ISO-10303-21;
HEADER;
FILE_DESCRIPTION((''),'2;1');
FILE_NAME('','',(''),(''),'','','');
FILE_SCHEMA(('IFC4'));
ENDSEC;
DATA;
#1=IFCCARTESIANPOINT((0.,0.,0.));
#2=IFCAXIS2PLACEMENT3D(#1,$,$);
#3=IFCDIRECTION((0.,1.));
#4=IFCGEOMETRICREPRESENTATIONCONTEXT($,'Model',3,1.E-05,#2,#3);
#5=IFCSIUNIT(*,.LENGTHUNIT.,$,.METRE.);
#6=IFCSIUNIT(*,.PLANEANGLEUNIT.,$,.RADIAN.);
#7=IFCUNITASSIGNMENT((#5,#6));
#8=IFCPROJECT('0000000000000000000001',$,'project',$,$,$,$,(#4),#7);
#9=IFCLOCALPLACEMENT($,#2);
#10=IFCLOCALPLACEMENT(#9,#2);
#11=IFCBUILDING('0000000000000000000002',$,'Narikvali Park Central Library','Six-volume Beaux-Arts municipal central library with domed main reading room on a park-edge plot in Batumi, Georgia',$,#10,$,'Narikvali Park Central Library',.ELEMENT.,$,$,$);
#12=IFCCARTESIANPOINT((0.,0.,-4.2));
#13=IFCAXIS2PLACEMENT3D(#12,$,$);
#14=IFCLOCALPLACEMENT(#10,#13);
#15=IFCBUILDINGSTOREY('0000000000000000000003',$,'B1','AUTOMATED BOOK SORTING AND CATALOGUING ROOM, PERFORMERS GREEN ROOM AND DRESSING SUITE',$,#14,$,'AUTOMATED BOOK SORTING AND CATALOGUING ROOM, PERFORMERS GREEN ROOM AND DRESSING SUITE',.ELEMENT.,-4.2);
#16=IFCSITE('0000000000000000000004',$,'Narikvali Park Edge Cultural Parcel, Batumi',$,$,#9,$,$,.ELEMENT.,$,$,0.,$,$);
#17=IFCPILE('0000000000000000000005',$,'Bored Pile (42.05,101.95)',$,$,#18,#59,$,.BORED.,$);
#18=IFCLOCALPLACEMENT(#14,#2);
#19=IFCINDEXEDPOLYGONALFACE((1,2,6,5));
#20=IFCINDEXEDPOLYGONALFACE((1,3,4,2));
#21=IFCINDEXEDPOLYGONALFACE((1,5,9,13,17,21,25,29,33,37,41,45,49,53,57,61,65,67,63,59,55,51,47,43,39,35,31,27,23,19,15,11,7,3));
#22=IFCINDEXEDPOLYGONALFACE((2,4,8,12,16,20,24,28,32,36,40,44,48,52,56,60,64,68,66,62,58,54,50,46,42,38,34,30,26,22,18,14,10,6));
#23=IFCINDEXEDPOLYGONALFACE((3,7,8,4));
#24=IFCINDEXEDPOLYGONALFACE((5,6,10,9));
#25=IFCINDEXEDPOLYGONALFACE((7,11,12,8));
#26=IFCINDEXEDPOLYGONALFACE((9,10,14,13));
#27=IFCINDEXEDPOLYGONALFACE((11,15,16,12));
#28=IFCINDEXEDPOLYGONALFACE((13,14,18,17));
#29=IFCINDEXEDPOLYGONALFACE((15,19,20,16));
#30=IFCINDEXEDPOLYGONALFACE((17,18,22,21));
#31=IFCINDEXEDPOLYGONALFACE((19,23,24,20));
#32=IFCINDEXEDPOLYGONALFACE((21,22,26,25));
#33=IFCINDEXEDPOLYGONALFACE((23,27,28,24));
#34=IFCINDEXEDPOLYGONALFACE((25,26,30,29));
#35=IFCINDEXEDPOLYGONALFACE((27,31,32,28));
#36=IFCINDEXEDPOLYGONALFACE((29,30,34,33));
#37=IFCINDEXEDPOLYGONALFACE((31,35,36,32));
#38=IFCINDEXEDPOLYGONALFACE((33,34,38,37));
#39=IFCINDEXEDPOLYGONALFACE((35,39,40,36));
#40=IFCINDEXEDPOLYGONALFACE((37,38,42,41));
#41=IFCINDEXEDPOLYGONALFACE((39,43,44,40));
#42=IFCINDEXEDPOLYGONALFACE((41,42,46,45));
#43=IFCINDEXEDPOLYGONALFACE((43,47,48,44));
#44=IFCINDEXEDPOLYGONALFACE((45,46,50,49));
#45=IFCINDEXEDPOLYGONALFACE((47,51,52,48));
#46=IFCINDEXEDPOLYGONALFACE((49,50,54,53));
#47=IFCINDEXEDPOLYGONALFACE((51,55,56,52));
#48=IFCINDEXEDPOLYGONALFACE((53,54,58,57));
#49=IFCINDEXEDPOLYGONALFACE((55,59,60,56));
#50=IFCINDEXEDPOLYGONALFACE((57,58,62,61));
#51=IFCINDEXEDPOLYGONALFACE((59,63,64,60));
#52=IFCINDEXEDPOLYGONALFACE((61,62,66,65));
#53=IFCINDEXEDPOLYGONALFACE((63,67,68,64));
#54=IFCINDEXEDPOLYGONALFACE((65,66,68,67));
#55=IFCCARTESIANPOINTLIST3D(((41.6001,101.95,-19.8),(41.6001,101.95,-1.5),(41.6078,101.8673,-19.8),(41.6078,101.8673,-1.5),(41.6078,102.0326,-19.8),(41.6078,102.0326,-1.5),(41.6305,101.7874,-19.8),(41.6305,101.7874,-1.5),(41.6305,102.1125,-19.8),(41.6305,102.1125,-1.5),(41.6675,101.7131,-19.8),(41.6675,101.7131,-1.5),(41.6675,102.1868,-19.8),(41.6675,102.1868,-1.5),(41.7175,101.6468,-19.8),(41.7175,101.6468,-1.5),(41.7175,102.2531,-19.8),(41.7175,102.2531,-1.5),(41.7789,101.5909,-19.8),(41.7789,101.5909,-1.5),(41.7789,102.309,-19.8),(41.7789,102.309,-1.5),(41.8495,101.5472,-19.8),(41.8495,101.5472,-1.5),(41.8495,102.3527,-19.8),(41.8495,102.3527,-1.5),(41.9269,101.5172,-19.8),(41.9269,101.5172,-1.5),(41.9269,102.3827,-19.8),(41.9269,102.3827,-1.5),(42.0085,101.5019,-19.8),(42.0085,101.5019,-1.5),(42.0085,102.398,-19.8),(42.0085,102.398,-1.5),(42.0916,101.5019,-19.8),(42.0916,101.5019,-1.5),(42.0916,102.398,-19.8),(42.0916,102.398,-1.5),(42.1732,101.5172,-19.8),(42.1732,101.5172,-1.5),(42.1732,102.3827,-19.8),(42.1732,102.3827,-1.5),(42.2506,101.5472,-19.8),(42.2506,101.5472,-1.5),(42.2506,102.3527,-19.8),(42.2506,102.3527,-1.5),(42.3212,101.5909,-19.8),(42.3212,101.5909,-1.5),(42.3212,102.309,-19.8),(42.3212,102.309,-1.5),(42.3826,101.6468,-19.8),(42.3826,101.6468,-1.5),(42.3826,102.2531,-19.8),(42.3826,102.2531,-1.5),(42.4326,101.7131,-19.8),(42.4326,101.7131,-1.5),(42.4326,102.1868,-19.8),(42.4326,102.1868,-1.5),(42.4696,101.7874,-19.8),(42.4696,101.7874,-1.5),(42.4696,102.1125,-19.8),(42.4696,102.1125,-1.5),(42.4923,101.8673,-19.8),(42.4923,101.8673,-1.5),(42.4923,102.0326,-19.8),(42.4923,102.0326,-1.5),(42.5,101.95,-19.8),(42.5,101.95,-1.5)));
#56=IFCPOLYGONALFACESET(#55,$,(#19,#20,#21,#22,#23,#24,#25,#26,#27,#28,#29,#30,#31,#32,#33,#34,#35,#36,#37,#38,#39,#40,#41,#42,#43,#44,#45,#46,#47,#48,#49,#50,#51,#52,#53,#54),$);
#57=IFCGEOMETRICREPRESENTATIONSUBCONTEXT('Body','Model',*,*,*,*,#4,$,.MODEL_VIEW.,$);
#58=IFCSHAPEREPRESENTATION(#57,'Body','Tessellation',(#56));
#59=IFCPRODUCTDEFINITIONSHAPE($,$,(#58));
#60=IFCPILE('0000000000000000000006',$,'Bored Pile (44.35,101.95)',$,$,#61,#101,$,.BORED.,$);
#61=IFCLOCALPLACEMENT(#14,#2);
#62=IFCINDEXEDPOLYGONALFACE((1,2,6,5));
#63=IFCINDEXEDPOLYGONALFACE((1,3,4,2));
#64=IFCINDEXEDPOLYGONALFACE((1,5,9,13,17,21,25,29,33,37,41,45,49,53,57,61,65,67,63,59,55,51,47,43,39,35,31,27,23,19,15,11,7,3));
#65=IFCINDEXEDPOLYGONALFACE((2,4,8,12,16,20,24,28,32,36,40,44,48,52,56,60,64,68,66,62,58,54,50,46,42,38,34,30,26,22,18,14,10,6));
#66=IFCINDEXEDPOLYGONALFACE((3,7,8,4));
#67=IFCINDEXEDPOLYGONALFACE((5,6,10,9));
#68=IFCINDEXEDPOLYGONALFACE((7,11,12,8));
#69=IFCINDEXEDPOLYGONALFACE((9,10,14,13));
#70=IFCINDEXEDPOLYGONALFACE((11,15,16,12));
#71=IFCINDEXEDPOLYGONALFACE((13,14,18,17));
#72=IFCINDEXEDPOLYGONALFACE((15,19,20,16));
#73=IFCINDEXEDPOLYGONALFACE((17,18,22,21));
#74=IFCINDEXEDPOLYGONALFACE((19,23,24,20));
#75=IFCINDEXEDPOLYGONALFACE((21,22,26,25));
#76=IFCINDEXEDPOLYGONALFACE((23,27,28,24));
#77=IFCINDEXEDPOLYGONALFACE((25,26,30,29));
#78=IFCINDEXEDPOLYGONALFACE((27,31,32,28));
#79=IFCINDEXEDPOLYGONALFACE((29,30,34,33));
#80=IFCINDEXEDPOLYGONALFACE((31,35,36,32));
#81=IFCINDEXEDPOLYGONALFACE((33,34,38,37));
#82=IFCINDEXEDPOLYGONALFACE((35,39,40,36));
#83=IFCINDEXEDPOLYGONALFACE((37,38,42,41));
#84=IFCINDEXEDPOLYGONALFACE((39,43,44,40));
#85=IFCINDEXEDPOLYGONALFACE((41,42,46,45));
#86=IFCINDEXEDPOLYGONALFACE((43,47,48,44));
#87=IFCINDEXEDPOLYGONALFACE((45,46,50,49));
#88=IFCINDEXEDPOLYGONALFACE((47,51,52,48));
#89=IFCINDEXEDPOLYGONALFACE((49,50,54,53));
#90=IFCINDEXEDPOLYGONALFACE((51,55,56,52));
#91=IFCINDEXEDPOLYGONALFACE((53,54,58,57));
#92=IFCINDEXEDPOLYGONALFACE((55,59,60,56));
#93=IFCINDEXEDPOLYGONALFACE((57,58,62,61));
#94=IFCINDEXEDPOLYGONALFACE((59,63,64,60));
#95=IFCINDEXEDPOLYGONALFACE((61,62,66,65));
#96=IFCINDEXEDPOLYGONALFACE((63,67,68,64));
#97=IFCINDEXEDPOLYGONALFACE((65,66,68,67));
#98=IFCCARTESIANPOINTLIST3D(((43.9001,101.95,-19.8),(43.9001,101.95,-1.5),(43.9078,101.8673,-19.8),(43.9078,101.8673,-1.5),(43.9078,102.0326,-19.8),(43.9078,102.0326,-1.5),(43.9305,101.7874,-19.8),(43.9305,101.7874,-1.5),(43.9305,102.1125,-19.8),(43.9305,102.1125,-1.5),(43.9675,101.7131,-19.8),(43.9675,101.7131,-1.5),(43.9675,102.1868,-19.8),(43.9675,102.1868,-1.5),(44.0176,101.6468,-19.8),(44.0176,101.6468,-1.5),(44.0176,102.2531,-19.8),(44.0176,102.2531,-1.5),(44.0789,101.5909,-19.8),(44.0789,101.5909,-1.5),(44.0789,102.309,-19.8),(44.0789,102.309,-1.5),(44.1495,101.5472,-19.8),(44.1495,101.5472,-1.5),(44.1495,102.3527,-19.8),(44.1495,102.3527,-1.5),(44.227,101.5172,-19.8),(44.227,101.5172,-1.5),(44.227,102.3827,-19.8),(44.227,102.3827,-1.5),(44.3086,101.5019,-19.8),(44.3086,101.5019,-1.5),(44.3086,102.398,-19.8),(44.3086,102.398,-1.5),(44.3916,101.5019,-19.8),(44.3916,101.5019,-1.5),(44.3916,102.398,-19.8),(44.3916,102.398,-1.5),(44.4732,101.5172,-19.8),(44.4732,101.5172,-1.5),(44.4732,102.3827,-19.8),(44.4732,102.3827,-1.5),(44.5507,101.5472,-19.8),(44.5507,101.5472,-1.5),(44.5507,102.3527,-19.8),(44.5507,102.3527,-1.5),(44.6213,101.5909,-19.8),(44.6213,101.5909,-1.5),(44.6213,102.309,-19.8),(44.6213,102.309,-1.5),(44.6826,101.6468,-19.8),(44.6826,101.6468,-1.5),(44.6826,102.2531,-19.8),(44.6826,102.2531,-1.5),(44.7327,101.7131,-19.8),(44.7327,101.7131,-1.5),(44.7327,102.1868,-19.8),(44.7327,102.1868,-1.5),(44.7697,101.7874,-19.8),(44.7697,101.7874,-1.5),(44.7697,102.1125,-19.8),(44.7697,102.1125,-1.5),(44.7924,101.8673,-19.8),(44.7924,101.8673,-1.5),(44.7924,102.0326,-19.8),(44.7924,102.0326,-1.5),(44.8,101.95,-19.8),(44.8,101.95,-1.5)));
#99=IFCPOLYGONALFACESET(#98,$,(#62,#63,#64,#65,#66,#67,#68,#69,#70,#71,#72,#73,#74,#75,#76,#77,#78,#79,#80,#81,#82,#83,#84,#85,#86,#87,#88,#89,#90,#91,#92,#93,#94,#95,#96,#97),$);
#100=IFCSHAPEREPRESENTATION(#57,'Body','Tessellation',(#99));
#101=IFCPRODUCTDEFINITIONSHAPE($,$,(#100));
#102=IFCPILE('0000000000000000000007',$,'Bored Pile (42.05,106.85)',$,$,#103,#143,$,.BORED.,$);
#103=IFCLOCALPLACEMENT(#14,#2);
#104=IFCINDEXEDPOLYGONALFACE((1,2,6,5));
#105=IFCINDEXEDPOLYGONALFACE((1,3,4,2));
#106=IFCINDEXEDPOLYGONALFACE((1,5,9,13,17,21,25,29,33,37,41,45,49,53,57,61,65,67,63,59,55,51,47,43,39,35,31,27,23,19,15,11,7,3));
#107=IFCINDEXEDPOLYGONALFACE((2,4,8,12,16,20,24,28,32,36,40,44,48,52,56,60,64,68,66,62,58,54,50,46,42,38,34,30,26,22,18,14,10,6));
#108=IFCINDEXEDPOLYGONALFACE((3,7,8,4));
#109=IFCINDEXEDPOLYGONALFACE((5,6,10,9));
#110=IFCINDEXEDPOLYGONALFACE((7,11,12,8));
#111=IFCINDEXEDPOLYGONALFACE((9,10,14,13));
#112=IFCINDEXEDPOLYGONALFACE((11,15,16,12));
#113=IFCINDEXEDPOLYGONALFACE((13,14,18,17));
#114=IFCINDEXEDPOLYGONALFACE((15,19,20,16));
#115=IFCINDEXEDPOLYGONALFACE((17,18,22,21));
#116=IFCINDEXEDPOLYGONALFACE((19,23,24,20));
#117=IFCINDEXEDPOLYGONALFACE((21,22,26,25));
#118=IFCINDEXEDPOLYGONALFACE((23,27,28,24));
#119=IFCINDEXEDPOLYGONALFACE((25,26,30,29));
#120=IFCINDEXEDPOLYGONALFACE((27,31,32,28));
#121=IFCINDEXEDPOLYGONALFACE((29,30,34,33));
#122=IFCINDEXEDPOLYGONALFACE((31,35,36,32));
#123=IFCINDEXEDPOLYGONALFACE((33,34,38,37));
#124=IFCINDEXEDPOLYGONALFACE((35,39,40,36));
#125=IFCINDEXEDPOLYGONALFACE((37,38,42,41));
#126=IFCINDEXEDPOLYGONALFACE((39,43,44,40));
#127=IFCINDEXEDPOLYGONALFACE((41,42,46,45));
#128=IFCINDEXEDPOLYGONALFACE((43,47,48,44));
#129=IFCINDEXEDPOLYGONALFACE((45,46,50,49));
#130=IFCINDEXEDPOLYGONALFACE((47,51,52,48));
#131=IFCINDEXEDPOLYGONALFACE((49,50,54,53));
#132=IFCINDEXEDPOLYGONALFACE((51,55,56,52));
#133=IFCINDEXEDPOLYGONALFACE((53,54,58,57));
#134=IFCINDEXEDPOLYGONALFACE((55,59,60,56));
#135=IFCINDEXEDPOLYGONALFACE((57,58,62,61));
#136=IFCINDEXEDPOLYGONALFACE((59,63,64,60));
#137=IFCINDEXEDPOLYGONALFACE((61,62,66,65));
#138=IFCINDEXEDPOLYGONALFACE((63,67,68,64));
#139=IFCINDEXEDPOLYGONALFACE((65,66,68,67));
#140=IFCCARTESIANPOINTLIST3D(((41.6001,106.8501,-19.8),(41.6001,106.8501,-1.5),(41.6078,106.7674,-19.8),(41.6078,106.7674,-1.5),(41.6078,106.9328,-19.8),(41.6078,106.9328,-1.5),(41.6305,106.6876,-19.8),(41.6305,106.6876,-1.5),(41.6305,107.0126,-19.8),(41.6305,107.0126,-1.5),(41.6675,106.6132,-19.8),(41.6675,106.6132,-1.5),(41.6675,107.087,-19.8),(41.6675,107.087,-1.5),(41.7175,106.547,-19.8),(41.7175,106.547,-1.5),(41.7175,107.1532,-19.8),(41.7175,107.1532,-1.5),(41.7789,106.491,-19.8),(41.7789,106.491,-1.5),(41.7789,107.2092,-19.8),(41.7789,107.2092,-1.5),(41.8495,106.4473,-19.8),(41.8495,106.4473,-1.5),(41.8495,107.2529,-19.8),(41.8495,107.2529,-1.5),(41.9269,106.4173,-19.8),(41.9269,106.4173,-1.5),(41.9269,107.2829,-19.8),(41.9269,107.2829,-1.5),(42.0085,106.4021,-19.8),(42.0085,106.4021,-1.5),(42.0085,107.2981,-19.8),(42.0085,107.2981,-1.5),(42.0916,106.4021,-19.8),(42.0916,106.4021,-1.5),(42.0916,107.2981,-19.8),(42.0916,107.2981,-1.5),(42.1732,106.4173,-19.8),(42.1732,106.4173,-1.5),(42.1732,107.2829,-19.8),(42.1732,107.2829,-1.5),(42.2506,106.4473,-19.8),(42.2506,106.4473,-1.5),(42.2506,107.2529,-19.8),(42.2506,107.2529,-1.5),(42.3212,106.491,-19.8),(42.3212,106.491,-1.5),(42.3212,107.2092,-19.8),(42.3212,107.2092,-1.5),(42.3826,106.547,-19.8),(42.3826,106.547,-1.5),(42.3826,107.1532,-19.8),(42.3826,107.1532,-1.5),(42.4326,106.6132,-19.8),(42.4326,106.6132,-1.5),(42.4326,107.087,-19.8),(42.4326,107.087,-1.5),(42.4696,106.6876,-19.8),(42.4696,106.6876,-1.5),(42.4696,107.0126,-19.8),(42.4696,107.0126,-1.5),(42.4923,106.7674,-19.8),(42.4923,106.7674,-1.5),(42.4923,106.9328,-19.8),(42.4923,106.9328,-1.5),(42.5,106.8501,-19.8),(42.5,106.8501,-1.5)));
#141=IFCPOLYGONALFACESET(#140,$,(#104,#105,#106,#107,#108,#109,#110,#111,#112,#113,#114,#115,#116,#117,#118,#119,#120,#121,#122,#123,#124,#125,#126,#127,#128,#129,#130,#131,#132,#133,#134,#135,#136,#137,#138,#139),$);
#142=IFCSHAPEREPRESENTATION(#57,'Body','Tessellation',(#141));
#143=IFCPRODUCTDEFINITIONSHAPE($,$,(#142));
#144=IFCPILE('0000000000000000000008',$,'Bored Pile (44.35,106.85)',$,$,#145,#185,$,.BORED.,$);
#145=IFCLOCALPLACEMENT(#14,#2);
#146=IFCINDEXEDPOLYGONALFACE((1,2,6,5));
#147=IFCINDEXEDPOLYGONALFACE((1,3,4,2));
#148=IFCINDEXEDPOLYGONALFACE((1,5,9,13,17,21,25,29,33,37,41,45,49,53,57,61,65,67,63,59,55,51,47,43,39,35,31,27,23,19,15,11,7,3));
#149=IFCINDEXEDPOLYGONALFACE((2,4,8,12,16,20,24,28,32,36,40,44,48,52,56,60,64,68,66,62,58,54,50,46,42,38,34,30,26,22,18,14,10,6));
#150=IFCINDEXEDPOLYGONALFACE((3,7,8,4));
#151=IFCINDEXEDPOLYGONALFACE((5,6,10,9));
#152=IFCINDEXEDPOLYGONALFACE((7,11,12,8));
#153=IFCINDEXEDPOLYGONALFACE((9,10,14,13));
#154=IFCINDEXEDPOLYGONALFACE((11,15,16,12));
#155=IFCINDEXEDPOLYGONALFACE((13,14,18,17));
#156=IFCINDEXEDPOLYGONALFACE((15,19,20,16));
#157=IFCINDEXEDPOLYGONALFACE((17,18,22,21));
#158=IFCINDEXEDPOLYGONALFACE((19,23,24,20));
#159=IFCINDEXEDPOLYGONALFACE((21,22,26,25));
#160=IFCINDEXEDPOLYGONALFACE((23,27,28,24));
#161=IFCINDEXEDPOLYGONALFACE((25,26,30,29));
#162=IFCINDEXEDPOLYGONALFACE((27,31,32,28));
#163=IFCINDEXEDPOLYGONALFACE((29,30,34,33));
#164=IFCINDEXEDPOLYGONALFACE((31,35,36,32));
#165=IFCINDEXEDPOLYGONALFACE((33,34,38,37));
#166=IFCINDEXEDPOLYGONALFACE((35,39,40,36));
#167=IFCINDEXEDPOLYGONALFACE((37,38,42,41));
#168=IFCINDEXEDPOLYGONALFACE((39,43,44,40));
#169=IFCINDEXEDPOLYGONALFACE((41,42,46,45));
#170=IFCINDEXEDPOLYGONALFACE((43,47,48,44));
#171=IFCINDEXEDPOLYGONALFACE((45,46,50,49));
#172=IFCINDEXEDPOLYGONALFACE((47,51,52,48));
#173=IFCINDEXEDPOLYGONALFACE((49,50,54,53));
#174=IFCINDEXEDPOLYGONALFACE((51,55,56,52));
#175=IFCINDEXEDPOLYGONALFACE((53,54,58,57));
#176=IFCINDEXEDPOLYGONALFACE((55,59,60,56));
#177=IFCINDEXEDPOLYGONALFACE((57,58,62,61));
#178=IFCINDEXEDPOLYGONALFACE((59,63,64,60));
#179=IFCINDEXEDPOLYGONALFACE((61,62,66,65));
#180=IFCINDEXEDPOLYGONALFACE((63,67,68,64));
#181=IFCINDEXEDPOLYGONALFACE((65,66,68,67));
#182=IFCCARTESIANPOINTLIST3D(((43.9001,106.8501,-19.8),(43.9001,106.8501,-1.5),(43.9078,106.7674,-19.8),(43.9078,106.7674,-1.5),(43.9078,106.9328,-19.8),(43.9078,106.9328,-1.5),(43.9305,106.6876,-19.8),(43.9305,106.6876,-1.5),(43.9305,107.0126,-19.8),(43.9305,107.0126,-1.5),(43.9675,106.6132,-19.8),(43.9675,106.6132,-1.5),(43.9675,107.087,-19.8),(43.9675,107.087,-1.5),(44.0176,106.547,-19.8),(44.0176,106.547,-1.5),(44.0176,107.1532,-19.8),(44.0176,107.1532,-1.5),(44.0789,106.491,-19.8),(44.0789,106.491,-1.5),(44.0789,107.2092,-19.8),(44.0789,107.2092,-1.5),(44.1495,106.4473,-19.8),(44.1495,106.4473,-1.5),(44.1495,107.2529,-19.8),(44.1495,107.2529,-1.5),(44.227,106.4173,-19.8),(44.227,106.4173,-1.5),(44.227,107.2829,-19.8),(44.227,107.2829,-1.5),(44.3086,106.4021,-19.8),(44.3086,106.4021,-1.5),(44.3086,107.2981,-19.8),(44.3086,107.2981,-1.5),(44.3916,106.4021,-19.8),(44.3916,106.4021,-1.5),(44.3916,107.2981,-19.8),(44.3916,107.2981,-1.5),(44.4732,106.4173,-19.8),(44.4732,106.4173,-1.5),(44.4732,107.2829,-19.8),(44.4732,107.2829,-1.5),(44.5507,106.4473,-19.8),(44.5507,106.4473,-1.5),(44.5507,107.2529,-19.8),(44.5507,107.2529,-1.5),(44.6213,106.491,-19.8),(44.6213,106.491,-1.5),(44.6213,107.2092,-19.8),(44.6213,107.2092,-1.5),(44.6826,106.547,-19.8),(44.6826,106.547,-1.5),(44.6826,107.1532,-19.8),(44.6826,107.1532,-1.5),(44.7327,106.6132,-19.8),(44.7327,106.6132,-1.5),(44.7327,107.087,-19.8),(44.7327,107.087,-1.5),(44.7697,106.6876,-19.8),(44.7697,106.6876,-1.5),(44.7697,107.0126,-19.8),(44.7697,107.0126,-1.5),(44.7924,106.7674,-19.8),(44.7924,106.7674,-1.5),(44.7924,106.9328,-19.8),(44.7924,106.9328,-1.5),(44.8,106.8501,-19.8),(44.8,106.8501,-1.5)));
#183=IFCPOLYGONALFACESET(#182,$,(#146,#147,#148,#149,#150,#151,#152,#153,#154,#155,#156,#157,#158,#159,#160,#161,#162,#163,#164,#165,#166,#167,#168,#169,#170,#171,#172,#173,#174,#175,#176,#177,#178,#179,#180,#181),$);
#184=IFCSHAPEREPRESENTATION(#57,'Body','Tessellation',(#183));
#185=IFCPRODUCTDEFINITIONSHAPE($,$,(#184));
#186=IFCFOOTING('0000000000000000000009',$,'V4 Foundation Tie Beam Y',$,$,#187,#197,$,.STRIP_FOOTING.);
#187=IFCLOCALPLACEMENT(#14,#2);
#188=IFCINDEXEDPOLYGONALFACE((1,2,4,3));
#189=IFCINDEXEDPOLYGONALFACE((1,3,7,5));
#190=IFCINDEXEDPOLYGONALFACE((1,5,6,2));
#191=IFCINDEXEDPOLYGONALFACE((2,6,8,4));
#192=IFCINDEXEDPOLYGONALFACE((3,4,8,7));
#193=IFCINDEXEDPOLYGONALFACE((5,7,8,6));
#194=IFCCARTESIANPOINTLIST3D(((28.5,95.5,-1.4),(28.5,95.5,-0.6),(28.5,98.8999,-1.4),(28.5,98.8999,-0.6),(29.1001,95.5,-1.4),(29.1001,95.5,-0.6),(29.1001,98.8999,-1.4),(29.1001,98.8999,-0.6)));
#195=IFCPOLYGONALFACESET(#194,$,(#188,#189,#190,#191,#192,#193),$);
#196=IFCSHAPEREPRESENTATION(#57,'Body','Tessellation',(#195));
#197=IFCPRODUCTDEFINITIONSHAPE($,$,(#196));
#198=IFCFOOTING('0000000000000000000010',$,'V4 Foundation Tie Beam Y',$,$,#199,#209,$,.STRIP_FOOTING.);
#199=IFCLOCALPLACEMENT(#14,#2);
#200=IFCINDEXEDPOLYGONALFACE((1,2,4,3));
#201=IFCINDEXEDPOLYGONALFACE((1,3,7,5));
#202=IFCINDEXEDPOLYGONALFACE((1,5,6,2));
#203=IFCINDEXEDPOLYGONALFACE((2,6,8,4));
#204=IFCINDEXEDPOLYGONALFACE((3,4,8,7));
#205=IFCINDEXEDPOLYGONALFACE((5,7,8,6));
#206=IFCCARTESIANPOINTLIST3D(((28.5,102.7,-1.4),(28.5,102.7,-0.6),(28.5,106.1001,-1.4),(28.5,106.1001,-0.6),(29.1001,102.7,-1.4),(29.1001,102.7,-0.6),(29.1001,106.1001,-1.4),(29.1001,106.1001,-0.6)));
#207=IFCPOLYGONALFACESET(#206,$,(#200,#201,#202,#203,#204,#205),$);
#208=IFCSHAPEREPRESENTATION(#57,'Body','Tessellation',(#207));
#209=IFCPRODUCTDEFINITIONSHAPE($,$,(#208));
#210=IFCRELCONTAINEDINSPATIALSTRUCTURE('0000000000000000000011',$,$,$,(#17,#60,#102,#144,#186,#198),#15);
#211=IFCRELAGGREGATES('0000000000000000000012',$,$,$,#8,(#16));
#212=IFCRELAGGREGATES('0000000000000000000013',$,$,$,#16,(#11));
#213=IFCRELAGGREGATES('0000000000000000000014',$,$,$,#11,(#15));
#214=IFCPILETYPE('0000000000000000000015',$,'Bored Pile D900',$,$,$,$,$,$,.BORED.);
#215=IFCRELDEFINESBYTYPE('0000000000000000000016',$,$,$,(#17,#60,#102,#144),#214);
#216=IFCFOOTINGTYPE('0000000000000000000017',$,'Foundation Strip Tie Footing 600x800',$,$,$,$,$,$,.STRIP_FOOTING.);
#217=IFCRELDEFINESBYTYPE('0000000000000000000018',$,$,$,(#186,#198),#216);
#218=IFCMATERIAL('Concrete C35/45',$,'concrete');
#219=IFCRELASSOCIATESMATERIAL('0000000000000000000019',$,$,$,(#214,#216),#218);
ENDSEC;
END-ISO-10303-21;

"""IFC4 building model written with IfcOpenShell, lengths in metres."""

from ifc_helpers import new_model, si_unit, direction, frame, origin, origin_2d, place, context, subcontext, project, spatial, rectangle, circle, extrude, material, material_profile, profile_set, type_object, element, save


model = new_model("IFC4")

# Units and contexts
model_context = context("Model", 3, precision=1e-05, world=origin(), true_north=direction((0.0, 1.0)))
body_context = subcontext(model_context, "Body", "Model", "MODEL_VIEW")
ifc_project = project(units=[si_unit("LENGTHUNIT", "METRE"), si_unit("PLANEANGLEUNIT", "RADIAN")], contexts=[model_context])

# Site, building, storey
site_placement = place(None, origin())
site = spatial("IfcSite", under=ifc_project, at=site_placement, Name="Narikvali Park Edge Cultural Parcel, Batumi", CompositionType="ELEMENT", RefElevation=0.0)
building_placement = place(site_placement, origin())
building = spatial("IfcBuilding", under=site, at=building_placement, Name="Narikvali Park Central Library", Description="Six-volume Beaux-Arts municipal central library with domed main reading room on a park-edge plot in Batumi, Georgia", LongName="Narikvali Park Central Library", CompositionType="ELEMENT")
storey_placement = place(building_placement, frame((0.0, 0.0, -4.2)))
storey = spatial("IfcBuildingStorey", under=building, at=storey_placement, Name="B1", Description="AUTOMATED BOOK SORTING AND CATALOGUING ROOM, PERFORMERS GREEN ROOM AND DRESSING SUITE", LongName="AUTOMATED BOOK SORTING AND CATALOGUING ROOM, PERFORMERS GREEN ROOM AND DRESSING SUITE", CompositionType="ELEMENT", Elevation=-4.2)

# Piles
ifc_material_1 = material(Name="Concrete C35/45", Category="concrete")
ifc_material_profile_1 = material_profile(ifc_material_1, circle(Radius=0.45, at=origin_2d()), Name="PILE D900")
ifc_profile_set_1 = profile_set([ifc_material_profile_1], Name="Concrete C35/45")
pile_type = type_object("IfcPileType", Name="Bored Pile D900", PredefinedType="BORED", material=ifc_profile_set_1)
for number, where, z_axis, x_axis, name in (
    (1, (42.05, 101.95, -1.5), (0.0, 0.0, -1.0), (1.0, 0.0, 0.0), "Bored Pile (42.05,101.95)"),
    (2, (44.3501, 101.95, -1.5), (0.0, 0.0, -1.0), (1.0, 0.0, 0.0), "Bored Pile (44.35,101.95)"),
    (3, (42.05, 106.8501, -1.5), (0.0, 0.0, -1.0), (1.0, 0.0, 0.0), "Bored Pile (42.05,106.85)"),
    (4, (44.3501, 106.8501, -1.5), (0.0, 0.0, -1.0), (1.0, 0.0, 0.0), "Bored Pile (44.35,106.85)"),
):
    element("IfcPile", number, at=place(storey_placement, frame(where, z_axis=z_axis, x_axis=x_axis)), inside=storey, type_object=pile_type, Name=name, PredefinedType="BORED", context=body_context, shape_type="SweptSolid", body=[
        extrude(circle(Radius=0.45, at=origin_2d()), origin(), (0.0, 0.0, 1.0), 18.3),
    ])

# Footings
ifc_material_profile_2 = material_profile(ifc_material_1, rectangle(XDim=0.6001, YDim=0.8, at=origin_2d()), Name="RC GB 600x800")
ifc_profile_set_2 = profile_set([ifc_material_profile_2], Name="Concrete C35/45")
footing_type_1 = type_object("IfcFootingType", Name="Foundation Strip Tie Footing 600x800", PredefinedType="STRIP_FOOTING", material=ifc_profile_set_2)
footing_1_placement = place(storey_placement, frame((28.8, 95.5, -1.0), z_axis=(0.0, 1.0, 0.0), x_axis=(-1.0, 0.0, 0.0)))
element("IfcFooting", 5, at=footing_1_placement, inside=storey, type_object=footing_type_1, Name="V4 Foundation Tie Beam Y", PredefinedType="STRIP_FOOTING", context=body_context, shape_type="SweptSolid", body=[
    extrude(rectangle(XDim=0.6001, YDim=0.8, at=origin_2d()), origin(), (0.0, 0.0, 1.0), 3.3999),
])
footing_2_placement = place(storey_placement, frame((28.8, 102.7, -1.0), z_axis=(0.0, 1.0, 0.0), x_axis=(-1.0, 0.0, 0.0)))
element("IfcFooting", 6, at=footing_2_placement, inside=storey, type_object=footing_type_1, Name="V4 Foundation Tie Beam Y", PredefinedType="STRIP_FOOTING", context=body_context, shape_type="SweptSolid", body=[
    extrude(rectangle(XDim=0.6001, YDim=0.8, at=origin_2d()), origin(), (0.0, 0.0, 1.0), 3.4001),
])

save(model, "model.ifc")
